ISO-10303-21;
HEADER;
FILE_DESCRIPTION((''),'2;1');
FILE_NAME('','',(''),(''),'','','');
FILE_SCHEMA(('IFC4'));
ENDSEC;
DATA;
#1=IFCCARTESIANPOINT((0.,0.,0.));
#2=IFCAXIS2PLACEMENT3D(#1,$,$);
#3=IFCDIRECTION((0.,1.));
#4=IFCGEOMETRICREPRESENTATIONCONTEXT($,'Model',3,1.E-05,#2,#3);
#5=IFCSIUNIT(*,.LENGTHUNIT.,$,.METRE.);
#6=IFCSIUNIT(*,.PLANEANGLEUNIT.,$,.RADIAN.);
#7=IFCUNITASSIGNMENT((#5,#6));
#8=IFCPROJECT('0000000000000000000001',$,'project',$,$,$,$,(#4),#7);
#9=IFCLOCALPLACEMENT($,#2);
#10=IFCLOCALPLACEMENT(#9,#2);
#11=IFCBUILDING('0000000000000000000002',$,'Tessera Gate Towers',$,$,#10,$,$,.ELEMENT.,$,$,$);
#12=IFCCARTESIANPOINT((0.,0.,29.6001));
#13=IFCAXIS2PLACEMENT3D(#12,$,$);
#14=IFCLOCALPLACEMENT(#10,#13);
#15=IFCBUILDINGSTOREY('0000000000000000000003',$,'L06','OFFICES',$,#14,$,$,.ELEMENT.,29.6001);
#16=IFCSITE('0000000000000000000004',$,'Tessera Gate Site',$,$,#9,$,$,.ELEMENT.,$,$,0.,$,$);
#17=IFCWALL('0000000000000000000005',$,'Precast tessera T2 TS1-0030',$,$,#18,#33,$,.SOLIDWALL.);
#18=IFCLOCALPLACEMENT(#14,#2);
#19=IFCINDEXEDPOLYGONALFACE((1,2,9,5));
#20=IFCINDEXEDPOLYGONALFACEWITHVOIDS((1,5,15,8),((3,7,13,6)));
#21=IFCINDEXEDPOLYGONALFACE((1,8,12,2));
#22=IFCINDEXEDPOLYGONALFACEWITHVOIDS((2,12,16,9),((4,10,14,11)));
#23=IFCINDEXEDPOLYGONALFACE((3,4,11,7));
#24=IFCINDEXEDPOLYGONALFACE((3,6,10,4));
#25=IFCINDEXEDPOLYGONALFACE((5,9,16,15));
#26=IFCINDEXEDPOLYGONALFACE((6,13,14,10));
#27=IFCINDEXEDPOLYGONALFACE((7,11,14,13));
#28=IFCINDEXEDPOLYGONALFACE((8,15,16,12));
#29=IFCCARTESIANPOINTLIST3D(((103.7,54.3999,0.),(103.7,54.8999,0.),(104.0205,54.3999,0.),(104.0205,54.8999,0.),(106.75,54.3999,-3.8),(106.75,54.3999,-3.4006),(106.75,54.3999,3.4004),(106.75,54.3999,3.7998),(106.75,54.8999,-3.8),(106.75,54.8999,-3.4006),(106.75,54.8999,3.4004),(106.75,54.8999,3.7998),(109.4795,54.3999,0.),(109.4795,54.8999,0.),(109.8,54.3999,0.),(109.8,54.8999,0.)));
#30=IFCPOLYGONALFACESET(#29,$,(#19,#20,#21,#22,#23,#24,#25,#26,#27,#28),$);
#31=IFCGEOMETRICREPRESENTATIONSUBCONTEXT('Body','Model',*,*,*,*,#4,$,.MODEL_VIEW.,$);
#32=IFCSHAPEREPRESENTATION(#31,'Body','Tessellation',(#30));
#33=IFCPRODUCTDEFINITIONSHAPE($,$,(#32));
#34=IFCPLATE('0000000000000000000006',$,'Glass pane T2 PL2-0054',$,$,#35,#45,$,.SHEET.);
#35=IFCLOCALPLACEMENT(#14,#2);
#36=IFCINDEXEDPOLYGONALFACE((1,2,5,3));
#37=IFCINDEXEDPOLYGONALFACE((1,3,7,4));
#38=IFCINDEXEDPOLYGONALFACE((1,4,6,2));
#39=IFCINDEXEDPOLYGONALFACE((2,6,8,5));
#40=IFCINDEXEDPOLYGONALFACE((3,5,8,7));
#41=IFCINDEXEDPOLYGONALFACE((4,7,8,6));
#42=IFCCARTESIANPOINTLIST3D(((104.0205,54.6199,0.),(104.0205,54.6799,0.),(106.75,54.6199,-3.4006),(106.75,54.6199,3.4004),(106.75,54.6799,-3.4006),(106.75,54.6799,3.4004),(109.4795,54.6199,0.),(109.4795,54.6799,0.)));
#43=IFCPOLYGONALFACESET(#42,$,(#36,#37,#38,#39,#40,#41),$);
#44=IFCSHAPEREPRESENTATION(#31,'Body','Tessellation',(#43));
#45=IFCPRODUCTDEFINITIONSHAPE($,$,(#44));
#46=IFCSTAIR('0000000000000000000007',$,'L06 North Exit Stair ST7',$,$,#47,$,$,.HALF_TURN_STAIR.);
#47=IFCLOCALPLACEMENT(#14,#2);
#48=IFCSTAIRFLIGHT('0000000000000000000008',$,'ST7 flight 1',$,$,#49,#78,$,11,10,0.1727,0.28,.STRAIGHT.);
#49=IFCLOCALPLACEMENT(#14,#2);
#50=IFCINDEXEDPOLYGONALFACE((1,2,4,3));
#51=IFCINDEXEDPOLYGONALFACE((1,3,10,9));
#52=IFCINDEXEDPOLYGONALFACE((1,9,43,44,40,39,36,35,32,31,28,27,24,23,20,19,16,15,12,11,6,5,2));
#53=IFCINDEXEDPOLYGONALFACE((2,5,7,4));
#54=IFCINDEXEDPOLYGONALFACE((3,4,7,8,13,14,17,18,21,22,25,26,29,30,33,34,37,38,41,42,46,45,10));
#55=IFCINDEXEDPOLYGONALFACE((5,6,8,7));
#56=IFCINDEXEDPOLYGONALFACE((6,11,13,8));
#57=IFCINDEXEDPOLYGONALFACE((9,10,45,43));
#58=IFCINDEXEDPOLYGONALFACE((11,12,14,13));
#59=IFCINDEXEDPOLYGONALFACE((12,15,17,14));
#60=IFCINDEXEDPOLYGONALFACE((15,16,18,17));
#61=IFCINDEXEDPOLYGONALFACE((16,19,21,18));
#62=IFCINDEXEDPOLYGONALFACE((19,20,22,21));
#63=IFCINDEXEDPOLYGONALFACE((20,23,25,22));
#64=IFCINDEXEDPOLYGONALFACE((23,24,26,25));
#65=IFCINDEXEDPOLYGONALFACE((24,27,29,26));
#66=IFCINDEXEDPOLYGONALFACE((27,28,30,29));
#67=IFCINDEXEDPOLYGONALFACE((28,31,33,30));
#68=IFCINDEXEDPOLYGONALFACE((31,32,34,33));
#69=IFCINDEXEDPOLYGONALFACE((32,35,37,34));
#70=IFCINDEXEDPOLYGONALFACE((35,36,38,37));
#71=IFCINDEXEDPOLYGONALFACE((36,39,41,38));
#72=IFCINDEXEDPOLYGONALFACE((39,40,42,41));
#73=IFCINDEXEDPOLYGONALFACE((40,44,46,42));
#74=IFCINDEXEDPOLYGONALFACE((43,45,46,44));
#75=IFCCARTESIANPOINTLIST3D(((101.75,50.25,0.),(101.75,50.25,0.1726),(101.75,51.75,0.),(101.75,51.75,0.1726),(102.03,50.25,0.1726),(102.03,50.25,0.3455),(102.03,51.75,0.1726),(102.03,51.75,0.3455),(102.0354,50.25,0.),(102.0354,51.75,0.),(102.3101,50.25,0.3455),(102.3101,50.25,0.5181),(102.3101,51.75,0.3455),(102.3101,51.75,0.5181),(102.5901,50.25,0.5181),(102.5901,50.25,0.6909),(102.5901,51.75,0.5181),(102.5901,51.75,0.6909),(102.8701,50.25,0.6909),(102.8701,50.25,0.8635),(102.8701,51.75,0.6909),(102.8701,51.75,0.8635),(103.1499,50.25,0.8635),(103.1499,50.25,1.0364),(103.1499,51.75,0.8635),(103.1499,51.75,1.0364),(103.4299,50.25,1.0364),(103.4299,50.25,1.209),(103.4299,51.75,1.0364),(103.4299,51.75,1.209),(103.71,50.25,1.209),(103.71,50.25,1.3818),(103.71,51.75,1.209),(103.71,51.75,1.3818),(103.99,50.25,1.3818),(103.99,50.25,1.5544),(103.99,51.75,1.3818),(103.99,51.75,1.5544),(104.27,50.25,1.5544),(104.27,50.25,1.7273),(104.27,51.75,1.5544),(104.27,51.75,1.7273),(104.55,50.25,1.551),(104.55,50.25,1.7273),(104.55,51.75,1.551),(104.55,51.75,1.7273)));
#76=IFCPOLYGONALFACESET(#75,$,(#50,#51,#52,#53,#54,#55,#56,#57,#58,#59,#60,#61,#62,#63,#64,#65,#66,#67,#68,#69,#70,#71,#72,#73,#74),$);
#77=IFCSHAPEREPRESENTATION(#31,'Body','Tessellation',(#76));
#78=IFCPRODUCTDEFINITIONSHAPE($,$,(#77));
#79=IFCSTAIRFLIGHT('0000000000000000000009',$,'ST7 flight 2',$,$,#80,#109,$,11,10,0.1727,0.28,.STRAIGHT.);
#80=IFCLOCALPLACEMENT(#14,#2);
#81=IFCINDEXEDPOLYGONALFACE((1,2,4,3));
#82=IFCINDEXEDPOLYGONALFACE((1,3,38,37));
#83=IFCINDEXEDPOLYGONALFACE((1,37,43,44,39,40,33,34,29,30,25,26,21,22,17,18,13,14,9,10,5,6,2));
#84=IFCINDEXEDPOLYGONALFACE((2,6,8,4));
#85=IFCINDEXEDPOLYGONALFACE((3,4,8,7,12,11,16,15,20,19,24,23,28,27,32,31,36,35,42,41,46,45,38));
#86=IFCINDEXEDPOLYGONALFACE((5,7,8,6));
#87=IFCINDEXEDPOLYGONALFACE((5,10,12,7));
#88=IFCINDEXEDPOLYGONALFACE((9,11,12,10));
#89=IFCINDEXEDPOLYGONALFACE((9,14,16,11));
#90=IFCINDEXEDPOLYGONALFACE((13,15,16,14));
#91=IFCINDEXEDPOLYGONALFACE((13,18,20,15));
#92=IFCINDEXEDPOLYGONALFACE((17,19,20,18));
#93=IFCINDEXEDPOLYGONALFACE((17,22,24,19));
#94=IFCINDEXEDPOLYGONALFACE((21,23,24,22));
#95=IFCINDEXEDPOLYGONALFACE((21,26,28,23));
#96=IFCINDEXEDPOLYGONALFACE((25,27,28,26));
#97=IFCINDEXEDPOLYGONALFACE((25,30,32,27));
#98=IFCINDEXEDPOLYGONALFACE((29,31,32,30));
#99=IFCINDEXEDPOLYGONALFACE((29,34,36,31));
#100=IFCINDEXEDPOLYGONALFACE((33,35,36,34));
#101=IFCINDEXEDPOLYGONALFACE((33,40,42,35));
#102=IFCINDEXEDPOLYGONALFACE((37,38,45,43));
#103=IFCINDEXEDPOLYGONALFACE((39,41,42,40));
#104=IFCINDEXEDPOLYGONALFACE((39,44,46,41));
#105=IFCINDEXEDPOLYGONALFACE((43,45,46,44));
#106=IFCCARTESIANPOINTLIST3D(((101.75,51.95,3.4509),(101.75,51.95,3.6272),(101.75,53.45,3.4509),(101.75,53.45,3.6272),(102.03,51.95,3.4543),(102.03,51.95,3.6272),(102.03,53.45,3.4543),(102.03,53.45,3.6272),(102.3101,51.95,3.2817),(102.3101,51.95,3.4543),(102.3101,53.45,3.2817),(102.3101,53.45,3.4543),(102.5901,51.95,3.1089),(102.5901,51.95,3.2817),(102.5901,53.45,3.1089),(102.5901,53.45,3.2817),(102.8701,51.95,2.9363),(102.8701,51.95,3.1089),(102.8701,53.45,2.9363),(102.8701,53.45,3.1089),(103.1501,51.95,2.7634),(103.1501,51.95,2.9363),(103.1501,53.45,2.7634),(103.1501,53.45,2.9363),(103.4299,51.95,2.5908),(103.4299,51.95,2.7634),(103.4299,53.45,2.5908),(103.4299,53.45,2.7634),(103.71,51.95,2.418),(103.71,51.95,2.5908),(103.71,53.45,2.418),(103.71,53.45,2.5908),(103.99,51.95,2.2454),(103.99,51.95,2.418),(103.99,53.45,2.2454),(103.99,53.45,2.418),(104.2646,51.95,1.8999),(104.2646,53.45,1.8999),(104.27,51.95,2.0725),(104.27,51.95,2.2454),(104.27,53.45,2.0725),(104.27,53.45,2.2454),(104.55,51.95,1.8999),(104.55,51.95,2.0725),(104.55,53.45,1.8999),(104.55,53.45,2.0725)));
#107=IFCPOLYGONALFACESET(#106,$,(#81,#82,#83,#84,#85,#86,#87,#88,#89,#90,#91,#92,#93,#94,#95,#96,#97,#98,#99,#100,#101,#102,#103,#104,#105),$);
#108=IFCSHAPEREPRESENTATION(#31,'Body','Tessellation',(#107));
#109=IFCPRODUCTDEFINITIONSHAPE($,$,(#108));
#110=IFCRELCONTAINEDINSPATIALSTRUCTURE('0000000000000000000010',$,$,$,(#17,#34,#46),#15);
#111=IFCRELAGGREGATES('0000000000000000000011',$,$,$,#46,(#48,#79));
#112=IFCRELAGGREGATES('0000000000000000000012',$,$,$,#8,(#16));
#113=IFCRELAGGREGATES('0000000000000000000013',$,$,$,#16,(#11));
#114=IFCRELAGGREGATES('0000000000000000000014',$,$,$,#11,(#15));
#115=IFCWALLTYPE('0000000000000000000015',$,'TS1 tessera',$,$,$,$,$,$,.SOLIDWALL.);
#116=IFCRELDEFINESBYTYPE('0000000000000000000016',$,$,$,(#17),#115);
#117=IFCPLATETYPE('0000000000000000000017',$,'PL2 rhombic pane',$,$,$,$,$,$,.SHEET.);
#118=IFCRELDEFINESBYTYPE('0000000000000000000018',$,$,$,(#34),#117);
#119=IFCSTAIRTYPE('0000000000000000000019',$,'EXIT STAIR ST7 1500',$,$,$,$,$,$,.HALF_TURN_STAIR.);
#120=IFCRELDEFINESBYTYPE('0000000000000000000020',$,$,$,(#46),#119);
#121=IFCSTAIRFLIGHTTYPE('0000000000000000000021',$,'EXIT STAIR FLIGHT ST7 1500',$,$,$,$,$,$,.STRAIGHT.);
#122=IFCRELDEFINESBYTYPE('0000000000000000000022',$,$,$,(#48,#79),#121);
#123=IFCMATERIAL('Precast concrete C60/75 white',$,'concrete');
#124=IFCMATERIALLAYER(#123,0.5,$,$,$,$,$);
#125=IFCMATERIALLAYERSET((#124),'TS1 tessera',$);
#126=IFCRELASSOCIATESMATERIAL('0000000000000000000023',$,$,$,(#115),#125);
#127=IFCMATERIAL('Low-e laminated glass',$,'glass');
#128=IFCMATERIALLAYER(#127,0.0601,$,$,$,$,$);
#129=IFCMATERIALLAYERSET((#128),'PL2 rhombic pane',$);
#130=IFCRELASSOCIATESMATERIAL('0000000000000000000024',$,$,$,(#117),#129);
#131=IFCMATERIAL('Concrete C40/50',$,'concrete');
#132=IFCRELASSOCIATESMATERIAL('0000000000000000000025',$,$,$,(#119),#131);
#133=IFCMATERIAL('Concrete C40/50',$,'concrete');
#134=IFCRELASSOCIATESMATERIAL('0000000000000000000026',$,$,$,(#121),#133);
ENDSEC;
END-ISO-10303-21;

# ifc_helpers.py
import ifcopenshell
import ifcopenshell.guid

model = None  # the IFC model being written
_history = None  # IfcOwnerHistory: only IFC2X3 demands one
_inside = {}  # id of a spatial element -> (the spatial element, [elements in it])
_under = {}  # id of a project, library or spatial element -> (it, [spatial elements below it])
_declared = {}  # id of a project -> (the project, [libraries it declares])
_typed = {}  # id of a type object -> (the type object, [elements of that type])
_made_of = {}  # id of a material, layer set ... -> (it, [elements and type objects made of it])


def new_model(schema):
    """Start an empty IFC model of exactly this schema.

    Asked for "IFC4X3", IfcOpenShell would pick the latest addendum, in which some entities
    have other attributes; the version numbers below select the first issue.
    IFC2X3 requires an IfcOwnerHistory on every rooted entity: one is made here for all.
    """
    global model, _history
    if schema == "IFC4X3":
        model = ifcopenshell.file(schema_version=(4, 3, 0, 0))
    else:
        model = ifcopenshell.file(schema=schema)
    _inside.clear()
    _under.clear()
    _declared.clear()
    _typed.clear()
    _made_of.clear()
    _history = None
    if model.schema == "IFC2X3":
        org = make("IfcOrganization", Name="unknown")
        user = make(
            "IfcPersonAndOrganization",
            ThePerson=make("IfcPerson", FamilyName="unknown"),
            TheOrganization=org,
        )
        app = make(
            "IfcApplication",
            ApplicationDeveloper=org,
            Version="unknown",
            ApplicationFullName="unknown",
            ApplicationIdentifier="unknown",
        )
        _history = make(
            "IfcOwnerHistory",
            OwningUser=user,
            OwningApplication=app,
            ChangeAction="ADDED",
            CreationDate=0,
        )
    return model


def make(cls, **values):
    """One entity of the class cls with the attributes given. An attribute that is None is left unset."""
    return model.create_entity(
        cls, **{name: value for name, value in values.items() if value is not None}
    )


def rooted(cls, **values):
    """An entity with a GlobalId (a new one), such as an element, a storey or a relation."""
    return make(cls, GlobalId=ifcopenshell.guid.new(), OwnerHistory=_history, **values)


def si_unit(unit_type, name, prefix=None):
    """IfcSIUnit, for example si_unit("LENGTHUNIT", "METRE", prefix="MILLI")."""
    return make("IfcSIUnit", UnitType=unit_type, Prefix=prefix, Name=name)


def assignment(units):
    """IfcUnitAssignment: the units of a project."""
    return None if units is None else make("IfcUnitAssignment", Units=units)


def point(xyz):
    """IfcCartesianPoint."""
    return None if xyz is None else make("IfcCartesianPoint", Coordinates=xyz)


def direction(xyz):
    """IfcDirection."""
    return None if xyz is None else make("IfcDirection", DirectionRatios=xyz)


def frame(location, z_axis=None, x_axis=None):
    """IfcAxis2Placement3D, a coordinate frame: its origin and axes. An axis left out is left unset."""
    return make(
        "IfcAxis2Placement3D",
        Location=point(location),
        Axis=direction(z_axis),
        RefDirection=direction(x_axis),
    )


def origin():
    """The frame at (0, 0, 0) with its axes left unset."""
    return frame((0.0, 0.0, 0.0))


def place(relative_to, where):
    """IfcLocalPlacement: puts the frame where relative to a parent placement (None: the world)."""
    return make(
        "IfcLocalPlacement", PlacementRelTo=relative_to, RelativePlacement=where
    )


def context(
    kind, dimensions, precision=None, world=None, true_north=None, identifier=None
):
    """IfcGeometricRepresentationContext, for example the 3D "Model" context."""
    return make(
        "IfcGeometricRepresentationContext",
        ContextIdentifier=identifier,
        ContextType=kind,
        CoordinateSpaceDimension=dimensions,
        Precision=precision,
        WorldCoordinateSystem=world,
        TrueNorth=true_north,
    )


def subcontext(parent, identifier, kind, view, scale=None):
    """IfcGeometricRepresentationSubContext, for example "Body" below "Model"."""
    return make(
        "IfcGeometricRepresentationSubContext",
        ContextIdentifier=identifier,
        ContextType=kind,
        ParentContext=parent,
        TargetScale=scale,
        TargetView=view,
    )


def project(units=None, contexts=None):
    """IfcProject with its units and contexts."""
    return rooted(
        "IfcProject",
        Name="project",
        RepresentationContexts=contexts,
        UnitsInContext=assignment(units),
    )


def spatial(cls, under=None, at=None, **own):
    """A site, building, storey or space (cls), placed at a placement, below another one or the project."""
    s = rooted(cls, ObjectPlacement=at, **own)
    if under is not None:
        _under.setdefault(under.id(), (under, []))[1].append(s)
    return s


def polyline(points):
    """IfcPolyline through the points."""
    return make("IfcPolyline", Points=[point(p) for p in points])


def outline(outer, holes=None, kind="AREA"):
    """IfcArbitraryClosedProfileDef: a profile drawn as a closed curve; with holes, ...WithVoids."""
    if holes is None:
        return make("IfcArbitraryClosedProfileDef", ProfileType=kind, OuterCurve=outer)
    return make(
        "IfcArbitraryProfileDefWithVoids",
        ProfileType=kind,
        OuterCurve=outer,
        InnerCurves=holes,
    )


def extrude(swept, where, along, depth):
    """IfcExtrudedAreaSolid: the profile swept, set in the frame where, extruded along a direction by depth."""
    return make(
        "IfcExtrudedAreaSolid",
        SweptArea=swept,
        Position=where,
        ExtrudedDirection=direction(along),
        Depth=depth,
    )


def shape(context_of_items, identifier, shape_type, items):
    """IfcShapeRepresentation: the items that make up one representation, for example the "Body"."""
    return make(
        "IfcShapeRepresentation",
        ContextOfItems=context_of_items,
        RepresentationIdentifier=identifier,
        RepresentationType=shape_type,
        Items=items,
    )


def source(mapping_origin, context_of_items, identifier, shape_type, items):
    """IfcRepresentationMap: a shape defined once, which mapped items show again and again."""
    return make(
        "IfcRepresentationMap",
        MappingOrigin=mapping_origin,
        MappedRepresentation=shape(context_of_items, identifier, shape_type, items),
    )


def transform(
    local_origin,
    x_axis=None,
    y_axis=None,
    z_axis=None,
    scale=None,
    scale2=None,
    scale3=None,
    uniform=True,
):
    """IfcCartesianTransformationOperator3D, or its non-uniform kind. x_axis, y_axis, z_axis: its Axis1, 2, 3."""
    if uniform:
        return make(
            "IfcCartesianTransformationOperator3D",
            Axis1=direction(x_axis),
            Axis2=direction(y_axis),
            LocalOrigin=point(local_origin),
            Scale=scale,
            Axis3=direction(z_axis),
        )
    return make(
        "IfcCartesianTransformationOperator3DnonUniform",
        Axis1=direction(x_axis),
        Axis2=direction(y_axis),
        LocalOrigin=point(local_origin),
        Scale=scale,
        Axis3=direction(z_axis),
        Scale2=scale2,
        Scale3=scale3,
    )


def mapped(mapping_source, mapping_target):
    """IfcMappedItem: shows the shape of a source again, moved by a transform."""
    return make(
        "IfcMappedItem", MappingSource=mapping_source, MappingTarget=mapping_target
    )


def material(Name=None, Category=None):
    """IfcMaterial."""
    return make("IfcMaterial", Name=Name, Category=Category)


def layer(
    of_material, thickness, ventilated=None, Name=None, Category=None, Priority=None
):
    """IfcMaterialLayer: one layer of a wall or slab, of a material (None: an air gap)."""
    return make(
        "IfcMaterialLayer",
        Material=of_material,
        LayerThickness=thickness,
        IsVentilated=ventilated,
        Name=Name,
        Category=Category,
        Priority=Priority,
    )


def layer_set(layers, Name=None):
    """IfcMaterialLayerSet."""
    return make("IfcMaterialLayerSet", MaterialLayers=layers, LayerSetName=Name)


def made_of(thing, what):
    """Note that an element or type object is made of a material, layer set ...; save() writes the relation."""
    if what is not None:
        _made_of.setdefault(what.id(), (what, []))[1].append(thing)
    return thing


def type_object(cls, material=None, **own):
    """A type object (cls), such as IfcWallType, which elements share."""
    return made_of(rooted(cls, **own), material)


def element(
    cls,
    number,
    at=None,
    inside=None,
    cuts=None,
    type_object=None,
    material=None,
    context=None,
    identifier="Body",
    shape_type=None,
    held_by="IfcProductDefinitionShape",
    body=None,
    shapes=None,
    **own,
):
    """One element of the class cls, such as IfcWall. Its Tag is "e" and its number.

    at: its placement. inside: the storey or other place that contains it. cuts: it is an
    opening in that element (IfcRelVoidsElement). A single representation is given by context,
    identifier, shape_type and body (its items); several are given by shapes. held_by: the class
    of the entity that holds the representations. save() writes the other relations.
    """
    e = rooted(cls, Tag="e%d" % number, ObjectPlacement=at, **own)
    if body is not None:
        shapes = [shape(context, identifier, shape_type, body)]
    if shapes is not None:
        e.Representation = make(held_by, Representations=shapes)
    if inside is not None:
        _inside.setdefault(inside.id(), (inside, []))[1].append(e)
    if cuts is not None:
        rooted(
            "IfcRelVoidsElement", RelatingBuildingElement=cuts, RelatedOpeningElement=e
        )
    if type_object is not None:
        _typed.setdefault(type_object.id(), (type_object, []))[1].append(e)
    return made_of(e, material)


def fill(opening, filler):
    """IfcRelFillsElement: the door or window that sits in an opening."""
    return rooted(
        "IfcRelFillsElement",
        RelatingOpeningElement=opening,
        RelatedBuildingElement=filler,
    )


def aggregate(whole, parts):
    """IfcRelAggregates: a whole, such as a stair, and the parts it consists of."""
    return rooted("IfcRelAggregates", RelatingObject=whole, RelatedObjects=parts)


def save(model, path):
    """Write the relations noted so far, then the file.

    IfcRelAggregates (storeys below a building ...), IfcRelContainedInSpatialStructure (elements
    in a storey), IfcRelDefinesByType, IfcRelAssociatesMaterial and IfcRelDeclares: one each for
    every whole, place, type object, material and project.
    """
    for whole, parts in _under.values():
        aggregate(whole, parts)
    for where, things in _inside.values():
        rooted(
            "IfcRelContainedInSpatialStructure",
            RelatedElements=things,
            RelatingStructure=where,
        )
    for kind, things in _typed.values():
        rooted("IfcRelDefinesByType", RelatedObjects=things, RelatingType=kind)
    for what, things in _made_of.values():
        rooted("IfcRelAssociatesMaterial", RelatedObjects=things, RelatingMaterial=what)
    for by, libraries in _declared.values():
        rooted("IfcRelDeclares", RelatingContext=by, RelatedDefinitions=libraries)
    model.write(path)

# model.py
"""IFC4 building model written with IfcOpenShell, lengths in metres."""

from ifc_helpers import new_model, si_unit, direction, frame, origin, place, context, subcontext, project, spatial, polyline, outline, extrude, source, transform, mapped, material, layer, layer_set, type_object, element, fill, aggregate, save


model = new_model("IFC4")

# Units and contexts
model_context = context("Model", 3, precision=1e-05, world=origin(), true_north=direction((0.0, 1.0)))
body_context = subcontext(model_context, "Body", "Model", "MODEL_VIEW")
ifc_project = project(units=[si_unit("LENGTHUNIT", "METRE"), si_unit("PLANEANGLEUNIT", "RADIAN")], contexts=[model_context])

# Site, building, storey
site_placement = place(None, origin())
site = spatial("IfcSite", under=ifc_project, at=site_placement, Name="Tessera Gate Site", CompositionType="ELEMENT", RefElevation=0.0)
building_placement = place(site_placement, origin())
building = spatial("IfcBuilding", under=site, at=building_placement, Name="Tessera Gate Towers", CompositionType="ELEMENT")
storey_placement = place(building_placement, frame((0.0, 0.0, 29.6001)))
storey = spatial("IfcBuildingStorey", under=building, at=storey_placement, Name="L06", Description="OFFICES", CompositionType="ELEMENT", Elevation=29.6001)

# Wall, opening, plate
ifc_material_1 = material(Name="Precast concrete C60/75 white", Category="concrete")
ifc_layer_1 = layer(ifc_material_1, 0.5)
ifc_layer_set_1 = layer_set([ifc_layer_1], Name="TS1 tessera")
wall_type_1 = type_object("IfcWallType", Name="TS1 tessera", PredefinedType="SOLIDWALL", material=ifc_layer_set_1)
shared_shape_1 = source(origin(), body_context, "Body", "SweptSolid", [
    extrude(outline(polyline([(3.05, 0.0), (6.1001, 3.8), (3.05, 7.5999), (0.0, 3.8), (3.05, 0.0)])), frame((0.0, 0.25, 0.0), z_axis=(0.0, -1.0, 0.0), x_axis=(1.0, 0.0, 0.0)), (0.0, 0.0, 1.0), 0.5),
])
wall_1_placement = place(storey_placement, frame((109.8, 54.6499, -3.8), z_axis=(0.0, 0.0, 1.0), x_axis=(-1.0, 0.0, 0.0)))
wall_1 = element("IfcWall", 1, at=wall_1_placement, inside=storey, type_object=wall_type_1, Name="Precast tessera T2 TS1-0030", PredefinedType="SOLIDWALL", context=body_context, shape_type="MappedRepresentation", body=[
    mapped(shared_shape_1, transform((0.0, 0.0, 0.0), scale=1.0)),
])
shared_shape_2 = source(origin(), body_context, "Body", "SweptSolid", [
    extrude(outline(polyline([(3.05, 0.3994), (5.7795, 3.8), (3.05, 7.2004), (0.3206, 3.8), (3.05, 0.3994)])), frame((0.0, 0.26, 0.0), z_axis=(0.0, -1.0, 0.0), x_axis=(1.0, 0.0, 0.0)), (0.0, 0.0, 1.0), 0.52),
])
opening_1_placement = place(wall_1_placement, origin())
opening_1 = element("IfcOpeningElement", 2, at=opening_1_placement, cuts=wall_1, PredefinedType="OPENING", context=body_context, shape_type="MappedRepresentation", body=[
    mapped(shared_shape_2, transform((0.0, 0.0, 0.0), scale=1.0)),
])
ifc_material_2 = material(Name="Low-e laminated glass", Category="glass")
ifc_layer_2 = layer(ifc_material_2, 0.0601)
ifc_layer_set_2 = layer_set([ifc_layer_2], Name="PL2 rhombic pane")
plate_type = type_object("IfcPlateType", Name="PL2 rhombic pane", PredefinedType="SHEET", material=ifc_layer_set_2)
shared_shape_3 = source(origin(), body_context, "Body", "SweptSolid", [
    extrude(outline(polyline([(3.05, 0.3994), (5.7795, 3.8), (3.05, 7.2004), (0.3206, 3.8), (3.05, 0.3994)])), frame((0.0, 0.03, 0.0), z_axis=(0.0, -1.0, 0.0), x_axis=(1.0, 0.0, 0.0)), (0.0, 0.0, 1.0), 0.0601),
])
plate_placement = place(opening_1_placement, origin())
plate = element("IfcPlate", 3, at=plate_placement, inside=storey, type_object=plate_type, Name="Glass pane T2 PL2-0054", PredefinedType="SHEET", context=body_context, shape_type="MappedRepresentation", body=[
    mapped(shared_shape_3, transform((0.0, 0.0, 0.0), scale=1.0)),
])
fill(opening_1, plate)

# Stair, stair flights
ifc_material_3 = material(Name="Concrete C40/50", Category="concrete")
stair_type = type_object("IfcStairType", Name="EXIT STAIR ST7 1500", PredefinedType="HALF_TURN_STAIR", material=ifc_material_3)
stair_placement = place(storey_placement, origin())
stair = element("IfcStair", 4, at=stair_placement, inside=storey, type_object=stair_type, Name="L06 North Exit Stair ST7", PredefinedType="HALF_TURN_STAIR")
ifc_material_4 = material(Name="Concrete C40/50", Category="concrete")
stair_flight_type = type_object("IfcStairFlightType", Name="EXIT STAIR FLIGHT ST7 1500", PredefinedType="STRAIGHT", material=ifc_material_4)
stair_flight_1_placement = place(storey_placement, frame((101.75, 51.0, 0.0), z_axis=(0.0, 0.0, 1.0), x_axis=(1.0, 0.0, 0.0)))
stair_flight_1 = element("IfcStairFlight", 5, at=stair_flight_1_placement, type_object=stair_flight_type, Name="ST7 flight 1", NumberOfRisers=11, NumberOfTreads=10, PredefinedType="STRAIGHT", RiserHeight=0.1727, TreadLength=0.28, context=body_context, shape_type="SweptSolid", body=[
    extrude(outline(polyline([(0.0, 0.0), (0.0, 0.1726), (0.28, 0.1726), (0.28, 0.3455), (0.5601, 0.3455), (0.5601, 0.5181), (0.8401, 0.5181), (0.8401, 0.6909), (1.1201, 0.6909), (1.1201, 0.8635), (1.3999, 0.8635), (1.3999, 1.0364), (1.6799, 1.0364), (1.6799, 1.209), (1.96, 1.209), (1.96, 1.3818), (2.24, 1.3818), (2.24, 1.5544), (2.52, 1.5544), (2.52, 1.7273), (2.8, 1.7273), (2.8, 1.8999), (2.8, 1.551), (0.2854, 0.0), (0.0, 0.0)])), frame((0.0, 0.75, 0.0), z_axis=(0.0, -1.0, 0.0), x_axis=(1.0, 0.0, 0.0)), (0.0, 0.0, 1.0), 1.5),
])
stair_flight_2_placement = place(storey_placement, frame((104.55, 52.7, 1.8999), z_axis=(0.0, 0.0, 1.0), x_axis=(-1.0, 0.0, 0.0)))
stair_flight_2 = element("IfcStairFlight", 6, at=stair_flight_2_placement, type_object=stair_flight_type, Name="ST7 flight 2", NumberOfRisers=11, NumberOfTreads=10, PredefinedType="STRAIGHT", RiserHeight=0.1727, TreadLength=0.28, context=body_context, shape_type="SweptSolid", body=[
    extrude(outline(polyline([(0.0, 0.0), (0.0, 0.1726), (0.28, 0.1726), (0.28, 0.3455), (0.5601, 0.3455), (0.5601, 0.5181), (0.8401, 0.5181), (0.8401, 0.6909), (1.1201, 0.6909), (1.1201, 0.8635), (1.3999, 0.8635), (1.3999, 1.0364), (1.6799, 1.0364), (1.6799, 1.209), (1.96, 1.209), (1.96, 1.3818), (2.24, 1.3818), (2.24, 1.5544), (2.52, 1.5544), (2.52, 1.7273), (2.8, 1.7273), (2.8, 1.8999), (2.8, 1.551), (0.2854, 0.0), (0.0, 0.0)])), frame((0.0, 0.75, 0.0), z_axis=(0.0, -1.0, 0.0), x_axis=(1.0, 0.0, 0.0)), (0.0, 0.0, 1.0), 1.5),
])
aggregate(stair, [stair_flight_1, stair_flight_2])

save(model, "model.ifc")
